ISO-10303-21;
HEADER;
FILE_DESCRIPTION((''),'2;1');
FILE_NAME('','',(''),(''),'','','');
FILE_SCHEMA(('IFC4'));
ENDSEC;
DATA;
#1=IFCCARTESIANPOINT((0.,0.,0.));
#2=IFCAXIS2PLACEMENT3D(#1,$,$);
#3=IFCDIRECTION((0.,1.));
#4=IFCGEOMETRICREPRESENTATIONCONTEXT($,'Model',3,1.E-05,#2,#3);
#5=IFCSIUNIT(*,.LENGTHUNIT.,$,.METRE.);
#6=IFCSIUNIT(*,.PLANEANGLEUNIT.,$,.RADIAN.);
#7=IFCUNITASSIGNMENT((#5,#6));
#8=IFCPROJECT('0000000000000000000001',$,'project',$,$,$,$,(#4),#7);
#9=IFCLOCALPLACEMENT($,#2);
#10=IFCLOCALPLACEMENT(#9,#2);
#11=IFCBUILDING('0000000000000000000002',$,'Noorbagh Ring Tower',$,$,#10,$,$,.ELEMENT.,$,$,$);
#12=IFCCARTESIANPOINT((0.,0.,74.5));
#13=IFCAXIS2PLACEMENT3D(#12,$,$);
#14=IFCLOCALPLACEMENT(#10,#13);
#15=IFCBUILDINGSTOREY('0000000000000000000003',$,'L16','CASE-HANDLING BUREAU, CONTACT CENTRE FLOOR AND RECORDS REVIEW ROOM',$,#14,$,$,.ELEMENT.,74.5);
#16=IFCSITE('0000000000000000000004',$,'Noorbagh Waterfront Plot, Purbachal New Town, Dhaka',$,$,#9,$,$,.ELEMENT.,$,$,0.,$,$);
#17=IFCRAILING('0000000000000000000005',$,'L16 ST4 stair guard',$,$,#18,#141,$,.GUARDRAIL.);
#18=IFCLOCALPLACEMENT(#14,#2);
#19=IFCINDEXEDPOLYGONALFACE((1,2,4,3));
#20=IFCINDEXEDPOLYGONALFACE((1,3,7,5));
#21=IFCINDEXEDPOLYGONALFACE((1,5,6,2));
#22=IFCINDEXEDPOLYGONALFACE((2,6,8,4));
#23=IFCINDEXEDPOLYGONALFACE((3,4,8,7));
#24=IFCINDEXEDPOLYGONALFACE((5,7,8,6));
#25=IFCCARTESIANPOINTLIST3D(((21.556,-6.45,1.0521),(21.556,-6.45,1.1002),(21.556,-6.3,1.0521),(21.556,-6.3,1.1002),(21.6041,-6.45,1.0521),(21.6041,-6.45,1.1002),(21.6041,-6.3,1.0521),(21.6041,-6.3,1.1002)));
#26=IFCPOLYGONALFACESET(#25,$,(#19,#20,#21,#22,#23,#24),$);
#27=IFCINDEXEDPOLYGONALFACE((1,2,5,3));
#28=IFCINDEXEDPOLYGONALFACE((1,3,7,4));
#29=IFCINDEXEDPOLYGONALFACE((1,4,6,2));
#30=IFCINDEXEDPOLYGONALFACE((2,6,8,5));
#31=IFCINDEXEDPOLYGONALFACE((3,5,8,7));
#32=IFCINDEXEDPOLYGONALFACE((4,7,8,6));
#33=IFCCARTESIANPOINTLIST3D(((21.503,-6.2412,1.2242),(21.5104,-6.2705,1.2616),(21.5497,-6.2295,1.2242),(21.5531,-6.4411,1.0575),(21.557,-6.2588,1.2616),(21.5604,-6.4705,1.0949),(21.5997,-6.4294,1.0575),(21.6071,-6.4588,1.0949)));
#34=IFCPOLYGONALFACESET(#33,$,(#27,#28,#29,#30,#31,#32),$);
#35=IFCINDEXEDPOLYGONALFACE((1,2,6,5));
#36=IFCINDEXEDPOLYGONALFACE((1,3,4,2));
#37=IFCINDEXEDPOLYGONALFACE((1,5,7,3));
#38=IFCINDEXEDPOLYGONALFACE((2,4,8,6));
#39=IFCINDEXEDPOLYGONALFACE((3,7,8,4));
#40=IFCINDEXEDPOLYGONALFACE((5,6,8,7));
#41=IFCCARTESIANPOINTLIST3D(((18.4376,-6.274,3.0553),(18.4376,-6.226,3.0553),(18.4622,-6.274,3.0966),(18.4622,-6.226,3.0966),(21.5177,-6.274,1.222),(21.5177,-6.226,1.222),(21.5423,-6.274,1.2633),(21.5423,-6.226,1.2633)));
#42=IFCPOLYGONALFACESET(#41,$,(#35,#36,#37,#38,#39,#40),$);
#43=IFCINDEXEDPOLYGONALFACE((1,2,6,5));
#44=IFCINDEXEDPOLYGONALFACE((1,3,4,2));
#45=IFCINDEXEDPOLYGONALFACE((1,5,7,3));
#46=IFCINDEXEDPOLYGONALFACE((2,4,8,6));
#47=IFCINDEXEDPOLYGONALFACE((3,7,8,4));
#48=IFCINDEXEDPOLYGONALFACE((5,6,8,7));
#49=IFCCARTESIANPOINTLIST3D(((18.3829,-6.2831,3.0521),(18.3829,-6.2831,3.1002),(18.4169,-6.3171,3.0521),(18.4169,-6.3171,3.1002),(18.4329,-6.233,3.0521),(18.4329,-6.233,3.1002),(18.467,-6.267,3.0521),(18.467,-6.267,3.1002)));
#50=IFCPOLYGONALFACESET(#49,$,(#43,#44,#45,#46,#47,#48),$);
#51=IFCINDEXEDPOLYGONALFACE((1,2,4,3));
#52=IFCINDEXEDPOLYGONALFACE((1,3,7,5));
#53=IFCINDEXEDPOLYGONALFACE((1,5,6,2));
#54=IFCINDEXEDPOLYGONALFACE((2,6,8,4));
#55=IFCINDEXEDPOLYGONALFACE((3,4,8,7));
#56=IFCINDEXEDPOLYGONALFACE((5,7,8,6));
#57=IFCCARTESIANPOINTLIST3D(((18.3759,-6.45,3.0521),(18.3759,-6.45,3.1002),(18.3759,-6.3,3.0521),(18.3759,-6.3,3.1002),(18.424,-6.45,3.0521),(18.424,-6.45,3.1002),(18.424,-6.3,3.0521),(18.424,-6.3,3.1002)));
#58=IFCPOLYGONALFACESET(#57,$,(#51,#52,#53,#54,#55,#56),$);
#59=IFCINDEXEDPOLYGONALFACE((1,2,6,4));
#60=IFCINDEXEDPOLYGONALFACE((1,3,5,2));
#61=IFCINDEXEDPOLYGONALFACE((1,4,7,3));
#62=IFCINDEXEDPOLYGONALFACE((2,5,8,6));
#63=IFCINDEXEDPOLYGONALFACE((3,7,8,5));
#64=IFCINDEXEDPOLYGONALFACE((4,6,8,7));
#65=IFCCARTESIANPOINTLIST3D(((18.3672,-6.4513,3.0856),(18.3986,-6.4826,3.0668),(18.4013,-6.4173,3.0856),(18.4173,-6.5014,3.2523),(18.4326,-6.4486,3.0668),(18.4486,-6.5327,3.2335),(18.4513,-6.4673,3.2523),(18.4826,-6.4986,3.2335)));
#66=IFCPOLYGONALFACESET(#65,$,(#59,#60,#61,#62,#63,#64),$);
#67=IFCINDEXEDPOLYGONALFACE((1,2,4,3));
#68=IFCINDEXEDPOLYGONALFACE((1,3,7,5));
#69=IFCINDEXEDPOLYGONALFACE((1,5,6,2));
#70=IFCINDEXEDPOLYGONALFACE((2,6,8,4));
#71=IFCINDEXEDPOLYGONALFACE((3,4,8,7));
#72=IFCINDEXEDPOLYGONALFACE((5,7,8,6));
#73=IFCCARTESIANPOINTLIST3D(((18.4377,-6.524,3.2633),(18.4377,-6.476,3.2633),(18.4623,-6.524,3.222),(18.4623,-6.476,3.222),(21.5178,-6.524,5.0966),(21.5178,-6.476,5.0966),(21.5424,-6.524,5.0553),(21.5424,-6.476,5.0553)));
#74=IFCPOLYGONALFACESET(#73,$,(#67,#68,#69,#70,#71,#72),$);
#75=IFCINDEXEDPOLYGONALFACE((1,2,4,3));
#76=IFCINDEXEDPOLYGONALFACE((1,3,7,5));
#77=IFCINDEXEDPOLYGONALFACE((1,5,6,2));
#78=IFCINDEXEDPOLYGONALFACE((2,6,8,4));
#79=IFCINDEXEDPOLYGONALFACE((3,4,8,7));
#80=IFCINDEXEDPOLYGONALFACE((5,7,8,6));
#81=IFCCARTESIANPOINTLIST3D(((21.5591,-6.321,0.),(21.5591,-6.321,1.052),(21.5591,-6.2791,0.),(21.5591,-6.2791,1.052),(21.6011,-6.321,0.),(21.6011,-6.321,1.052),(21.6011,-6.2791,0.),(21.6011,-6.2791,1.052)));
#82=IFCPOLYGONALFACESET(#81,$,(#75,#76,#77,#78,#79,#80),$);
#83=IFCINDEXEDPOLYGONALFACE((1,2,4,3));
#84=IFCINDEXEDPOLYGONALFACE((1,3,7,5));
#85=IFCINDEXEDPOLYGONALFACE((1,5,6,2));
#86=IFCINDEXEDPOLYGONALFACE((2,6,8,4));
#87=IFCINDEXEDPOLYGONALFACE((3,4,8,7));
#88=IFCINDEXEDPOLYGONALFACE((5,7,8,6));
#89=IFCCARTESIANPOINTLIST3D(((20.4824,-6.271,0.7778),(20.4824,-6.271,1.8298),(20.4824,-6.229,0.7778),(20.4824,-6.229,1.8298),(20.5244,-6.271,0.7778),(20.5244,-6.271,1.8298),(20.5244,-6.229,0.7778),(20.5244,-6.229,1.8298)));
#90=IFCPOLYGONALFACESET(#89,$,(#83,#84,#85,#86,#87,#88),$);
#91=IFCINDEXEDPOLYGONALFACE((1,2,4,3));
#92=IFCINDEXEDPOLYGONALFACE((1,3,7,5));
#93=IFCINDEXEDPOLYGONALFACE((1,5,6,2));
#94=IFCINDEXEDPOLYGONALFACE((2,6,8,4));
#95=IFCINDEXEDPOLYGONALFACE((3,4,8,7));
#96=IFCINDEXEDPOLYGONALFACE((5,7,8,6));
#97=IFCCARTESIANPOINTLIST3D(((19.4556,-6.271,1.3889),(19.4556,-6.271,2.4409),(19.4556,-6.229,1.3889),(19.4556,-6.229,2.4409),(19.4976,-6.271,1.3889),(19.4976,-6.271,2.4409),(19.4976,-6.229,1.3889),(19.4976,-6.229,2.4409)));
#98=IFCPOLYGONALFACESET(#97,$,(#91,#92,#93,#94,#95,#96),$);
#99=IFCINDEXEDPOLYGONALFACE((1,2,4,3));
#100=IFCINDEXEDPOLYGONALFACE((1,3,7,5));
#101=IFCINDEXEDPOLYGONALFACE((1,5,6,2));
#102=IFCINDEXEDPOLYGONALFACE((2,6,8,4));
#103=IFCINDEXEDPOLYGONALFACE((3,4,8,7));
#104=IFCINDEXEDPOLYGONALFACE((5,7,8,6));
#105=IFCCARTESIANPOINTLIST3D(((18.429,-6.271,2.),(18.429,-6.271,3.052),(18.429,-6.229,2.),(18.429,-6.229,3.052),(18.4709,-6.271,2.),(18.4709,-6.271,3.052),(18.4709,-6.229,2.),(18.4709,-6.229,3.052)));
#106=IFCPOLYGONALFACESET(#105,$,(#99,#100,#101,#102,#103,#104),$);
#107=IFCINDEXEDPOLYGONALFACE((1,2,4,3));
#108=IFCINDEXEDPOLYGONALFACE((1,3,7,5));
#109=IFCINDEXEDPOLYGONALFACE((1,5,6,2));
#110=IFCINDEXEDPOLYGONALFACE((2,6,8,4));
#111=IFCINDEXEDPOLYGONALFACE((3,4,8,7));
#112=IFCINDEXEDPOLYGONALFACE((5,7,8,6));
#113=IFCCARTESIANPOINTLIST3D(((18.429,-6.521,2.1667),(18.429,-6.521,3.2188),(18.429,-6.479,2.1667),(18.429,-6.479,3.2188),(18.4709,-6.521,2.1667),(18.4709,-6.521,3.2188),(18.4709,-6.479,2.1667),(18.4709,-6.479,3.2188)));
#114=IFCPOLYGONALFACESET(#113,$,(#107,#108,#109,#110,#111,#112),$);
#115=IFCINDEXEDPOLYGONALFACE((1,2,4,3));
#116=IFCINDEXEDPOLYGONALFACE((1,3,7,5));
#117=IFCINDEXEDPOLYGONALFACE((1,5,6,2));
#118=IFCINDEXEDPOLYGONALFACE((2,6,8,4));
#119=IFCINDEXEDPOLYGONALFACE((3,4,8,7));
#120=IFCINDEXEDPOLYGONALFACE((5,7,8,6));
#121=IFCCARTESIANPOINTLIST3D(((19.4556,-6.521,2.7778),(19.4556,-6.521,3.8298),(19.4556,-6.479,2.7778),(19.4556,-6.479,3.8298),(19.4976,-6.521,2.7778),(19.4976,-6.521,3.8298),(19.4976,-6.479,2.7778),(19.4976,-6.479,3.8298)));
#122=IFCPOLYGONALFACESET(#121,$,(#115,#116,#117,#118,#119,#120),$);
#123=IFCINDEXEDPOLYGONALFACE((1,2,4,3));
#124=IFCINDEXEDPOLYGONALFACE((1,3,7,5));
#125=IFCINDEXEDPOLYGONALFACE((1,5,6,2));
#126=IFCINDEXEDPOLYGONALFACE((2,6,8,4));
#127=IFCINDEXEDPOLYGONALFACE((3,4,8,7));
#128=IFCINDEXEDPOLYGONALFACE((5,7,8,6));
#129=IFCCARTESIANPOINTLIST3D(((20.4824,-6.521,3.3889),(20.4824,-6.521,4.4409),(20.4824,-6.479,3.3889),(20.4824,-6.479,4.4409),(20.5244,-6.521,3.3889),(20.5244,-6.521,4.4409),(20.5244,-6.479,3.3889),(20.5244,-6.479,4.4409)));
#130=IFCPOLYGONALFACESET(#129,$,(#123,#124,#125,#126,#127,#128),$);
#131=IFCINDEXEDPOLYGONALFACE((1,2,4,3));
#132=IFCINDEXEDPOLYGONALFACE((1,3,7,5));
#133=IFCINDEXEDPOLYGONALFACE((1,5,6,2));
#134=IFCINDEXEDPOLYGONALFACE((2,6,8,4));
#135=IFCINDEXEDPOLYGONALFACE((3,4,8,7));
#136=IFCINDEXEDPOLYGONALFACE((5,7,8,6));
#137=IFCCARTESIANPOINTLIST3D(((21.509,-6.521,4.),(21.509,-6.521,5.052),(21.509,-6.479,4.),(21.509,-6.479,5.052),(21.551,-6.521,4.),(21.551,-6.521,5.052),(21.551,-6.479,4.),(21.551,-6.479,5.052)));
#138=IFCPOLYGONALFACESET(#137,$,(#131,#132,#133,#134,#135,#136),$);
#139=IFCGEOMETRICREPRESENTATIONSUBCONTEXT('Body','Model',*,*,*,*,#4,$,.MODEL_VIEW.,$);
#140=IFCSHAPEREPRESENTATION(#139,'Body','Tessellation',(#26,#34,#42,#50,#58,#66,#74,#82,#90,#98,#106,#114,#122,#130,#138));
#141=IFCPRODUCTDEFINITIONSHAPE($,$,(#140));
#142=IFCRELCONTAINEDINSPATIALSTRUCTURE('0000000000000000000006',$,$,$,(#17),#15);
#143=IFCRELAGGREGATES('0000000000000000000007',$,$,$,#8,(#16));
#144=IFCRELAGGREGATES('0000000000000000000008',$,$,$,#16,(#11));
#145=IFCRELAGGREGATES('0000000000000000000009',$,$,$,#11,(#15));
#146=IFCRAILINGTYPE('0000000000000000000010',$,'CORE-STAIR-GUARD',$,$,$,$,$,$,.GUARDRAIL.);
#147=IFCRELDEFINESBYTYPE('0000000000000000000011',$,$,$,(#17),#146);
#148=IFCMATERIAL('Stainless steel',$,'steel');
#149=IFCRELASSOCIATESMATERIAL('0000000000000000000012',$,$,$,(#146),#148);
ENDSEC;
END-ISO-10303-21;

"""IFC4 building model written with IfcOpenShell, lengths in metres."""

from ifc_helpers import new_model, si_unit, direction, frame, origin, origin_2d, place, context, subcontext, project, spatial, rectangle, extrude, material, type_object, element, save


model = new_model("IFC4")

# Units and contexts
model_context = context("Model", 3, precision=1e-05, world=origin(), true_north=direction((0.0, 1.0)))
body_context = subcontext(model_context, "Body", "Model", "MODEL_VIEW")
ifc_project = project(units=[si_unit("LENGTHUNIT", "METRE"), si_unit("PLANEANGLEUNIT", "RADIAN")], contexts=[model_context])

# Site, building, storey
site_placement = place(None, origin())
site = spatial("IfcSite", under=ifc_project, at=site_placement, Name="Noorbagh Waterfront Plot, Purbachal New Town, Dhaka", CompositionType="ELEMENT", RefElevation=0.0)
building_placement = place(site_placement, origin())
building = spatial("IfcBuilding", under=site, at=building_placement, Name="Noorbagh Ring Tower", CompositionType="ELEMENT")
storey_placement = place(building_placement, frame((0.0, 0.0, 74.5)))
storey = spatial("IfcBuildingStorey", under=building, at=storey_placement, Name="L16", Description="CASE-HANDLING BUREAU, CONTACT CENTRE FLOOR AND RECORDS REVIEW ROOM", CompositionType="ELEMENT", Elevation=74.5)

# Railing
ifc_material_1 = material(Name="Stainless steel", Category="steel")
railing_type_1 = type_object("IfcRailingType", Name="CORE-STAIR-GUARD", PredefinedType="GUARDRAIL", material=ifc_material_1)
railing_1_placement = place(storey_placement, frame((21.5801, -6.3, 0.0)))
element("IfcRailing", 1, at=railing_1_placement, inside=storey, type_object=railing_type_1, Name="L16 ST4 stair guard", PredefinedType="GUARDRAIL", context=body_context, shape_type="SweptSolid", body=[
    extrude(rectangle(XDim=0.0481, YDim=0.0481, at=origin_2d()), frame((0.0, 0.0, 1.0762), z_axis=(0.0, -1.0, 0.0), x_axis=(1.0, 0.0, 0.0)), (0.0, 0.0, 1.0), 0.1499),
    extrude(rectangle(XDim=0.0481, YDim=0.0481, at=origin_2d()), frame((0.0, -0.1499, 1.0762), z_axis=(-0.188776, 0.754182, 0.628946), x_axis=(-0.970073, -0.242814, 0.0)), (0.0, 0.0, 1.0), 0.2651),
    extrude(rectangle(XDim=0.0481, YDim=0.0481, at=origin_2d()), frame((-0.05, 0.05, 1.2427), z_axis=(-0.859309, 0.0, 0.511458), x_axis=(0.0, -1.0, 0.0)), (0.0, 0.0, 1.0), 3.5845),
    extrude(rectangle(XDim=0.0481, YDim=0.0481, at=origin_2d()), frame((-3.1301, 0.05, 3.0762), z_axis=(-0.707107, -0.707107, 0.0), x_axis=(0.707107, -0.707107, 0.0)), (0.0, 0.0, 1.0), 0.0708),
    extrude(rectangle(XDim=0.0481, YDim=0.0481, at=origin_2d()), frame((-3.1802, 0.0, 3.0762), z_axis=(0.0, -1.0, 0.0), x_axis=(1.0, 0.0, 0.0)), (0.0, 0.0, 1.0), 0.1499),
    extrude(rectangle(XDim=0.0481, YDim=0.0481, at=origin_2d()), frame((-3.1802, -0.1499, 3.0762), z_axis=(0.276287, -0.276287, 0.920506), x_axis=(0.707107, 0.707107, 0.0)), (0.0, 0.0, 1.0), 0.1812),
    extrude(rectangle(XDim=0.0481, YDim=0.0481, at=origin_2d()), frame((-3.1301, -0.2, 3.2427), z_axis=(0.859309, 0.0, 0.511458), x_axis=(0.0, 1.0, 0.0)), (0.0, 0.0, 1.0), 3.5845),
    extrude(rectangle(XDim=0.042, YDim=0.042, at=origin_2d()), origin(), (0.0, 0.0, 1.0), 1.052),
    extrude(rectangle(XDim=0.042, YDim=0.042, at=origin_2d()), frame((-1.0767, 0.05, 0.7778)), (0.0, 0.0, 1.0), 1.052),
    extrude(rectangle(XDim=0.042, YDim=0.042, at=origin_2d()), frame((-2.1035, 0.05, 1.3889)), (0.0, 0.0, 1.0), 1.052),
    extrude(rectangle(XDim=0.042, YDim=0.042, at=origin_2d()), frame((-3.1301, 0.05, 2.0)), (0.0, 0.0, 1.0), 1.052),
    extrude(rectangle(XDim=0.042, YDim=0.042, at=origin_2d()), frame((-3.1301, -0.2, 2.1667)), (0.0, 0.0, 1.0), 1.052),
    extrude(rectangle(XDim=0.042, YDim=0.042, at=origin_2d()), frame((-2.1035, -0.2, 2.7778)), (0.0, 0.0, 1.0), 1.052),
    extrude(rectangle(XDim=0.042, YDim=0.042, at=origin_2d()), frame((-1.0767, -0.2, 3.3889)), (0.0, 0.0, 1.0), 1.052),
    extrude(rectangle(XDim=0.042, YDim=0.042, at=origin_2d()), frame((-0.05, -0.2, 4.0)), (0.0, 0.0, 1.0), 1.052),
])

save(model, "model.ifc")
